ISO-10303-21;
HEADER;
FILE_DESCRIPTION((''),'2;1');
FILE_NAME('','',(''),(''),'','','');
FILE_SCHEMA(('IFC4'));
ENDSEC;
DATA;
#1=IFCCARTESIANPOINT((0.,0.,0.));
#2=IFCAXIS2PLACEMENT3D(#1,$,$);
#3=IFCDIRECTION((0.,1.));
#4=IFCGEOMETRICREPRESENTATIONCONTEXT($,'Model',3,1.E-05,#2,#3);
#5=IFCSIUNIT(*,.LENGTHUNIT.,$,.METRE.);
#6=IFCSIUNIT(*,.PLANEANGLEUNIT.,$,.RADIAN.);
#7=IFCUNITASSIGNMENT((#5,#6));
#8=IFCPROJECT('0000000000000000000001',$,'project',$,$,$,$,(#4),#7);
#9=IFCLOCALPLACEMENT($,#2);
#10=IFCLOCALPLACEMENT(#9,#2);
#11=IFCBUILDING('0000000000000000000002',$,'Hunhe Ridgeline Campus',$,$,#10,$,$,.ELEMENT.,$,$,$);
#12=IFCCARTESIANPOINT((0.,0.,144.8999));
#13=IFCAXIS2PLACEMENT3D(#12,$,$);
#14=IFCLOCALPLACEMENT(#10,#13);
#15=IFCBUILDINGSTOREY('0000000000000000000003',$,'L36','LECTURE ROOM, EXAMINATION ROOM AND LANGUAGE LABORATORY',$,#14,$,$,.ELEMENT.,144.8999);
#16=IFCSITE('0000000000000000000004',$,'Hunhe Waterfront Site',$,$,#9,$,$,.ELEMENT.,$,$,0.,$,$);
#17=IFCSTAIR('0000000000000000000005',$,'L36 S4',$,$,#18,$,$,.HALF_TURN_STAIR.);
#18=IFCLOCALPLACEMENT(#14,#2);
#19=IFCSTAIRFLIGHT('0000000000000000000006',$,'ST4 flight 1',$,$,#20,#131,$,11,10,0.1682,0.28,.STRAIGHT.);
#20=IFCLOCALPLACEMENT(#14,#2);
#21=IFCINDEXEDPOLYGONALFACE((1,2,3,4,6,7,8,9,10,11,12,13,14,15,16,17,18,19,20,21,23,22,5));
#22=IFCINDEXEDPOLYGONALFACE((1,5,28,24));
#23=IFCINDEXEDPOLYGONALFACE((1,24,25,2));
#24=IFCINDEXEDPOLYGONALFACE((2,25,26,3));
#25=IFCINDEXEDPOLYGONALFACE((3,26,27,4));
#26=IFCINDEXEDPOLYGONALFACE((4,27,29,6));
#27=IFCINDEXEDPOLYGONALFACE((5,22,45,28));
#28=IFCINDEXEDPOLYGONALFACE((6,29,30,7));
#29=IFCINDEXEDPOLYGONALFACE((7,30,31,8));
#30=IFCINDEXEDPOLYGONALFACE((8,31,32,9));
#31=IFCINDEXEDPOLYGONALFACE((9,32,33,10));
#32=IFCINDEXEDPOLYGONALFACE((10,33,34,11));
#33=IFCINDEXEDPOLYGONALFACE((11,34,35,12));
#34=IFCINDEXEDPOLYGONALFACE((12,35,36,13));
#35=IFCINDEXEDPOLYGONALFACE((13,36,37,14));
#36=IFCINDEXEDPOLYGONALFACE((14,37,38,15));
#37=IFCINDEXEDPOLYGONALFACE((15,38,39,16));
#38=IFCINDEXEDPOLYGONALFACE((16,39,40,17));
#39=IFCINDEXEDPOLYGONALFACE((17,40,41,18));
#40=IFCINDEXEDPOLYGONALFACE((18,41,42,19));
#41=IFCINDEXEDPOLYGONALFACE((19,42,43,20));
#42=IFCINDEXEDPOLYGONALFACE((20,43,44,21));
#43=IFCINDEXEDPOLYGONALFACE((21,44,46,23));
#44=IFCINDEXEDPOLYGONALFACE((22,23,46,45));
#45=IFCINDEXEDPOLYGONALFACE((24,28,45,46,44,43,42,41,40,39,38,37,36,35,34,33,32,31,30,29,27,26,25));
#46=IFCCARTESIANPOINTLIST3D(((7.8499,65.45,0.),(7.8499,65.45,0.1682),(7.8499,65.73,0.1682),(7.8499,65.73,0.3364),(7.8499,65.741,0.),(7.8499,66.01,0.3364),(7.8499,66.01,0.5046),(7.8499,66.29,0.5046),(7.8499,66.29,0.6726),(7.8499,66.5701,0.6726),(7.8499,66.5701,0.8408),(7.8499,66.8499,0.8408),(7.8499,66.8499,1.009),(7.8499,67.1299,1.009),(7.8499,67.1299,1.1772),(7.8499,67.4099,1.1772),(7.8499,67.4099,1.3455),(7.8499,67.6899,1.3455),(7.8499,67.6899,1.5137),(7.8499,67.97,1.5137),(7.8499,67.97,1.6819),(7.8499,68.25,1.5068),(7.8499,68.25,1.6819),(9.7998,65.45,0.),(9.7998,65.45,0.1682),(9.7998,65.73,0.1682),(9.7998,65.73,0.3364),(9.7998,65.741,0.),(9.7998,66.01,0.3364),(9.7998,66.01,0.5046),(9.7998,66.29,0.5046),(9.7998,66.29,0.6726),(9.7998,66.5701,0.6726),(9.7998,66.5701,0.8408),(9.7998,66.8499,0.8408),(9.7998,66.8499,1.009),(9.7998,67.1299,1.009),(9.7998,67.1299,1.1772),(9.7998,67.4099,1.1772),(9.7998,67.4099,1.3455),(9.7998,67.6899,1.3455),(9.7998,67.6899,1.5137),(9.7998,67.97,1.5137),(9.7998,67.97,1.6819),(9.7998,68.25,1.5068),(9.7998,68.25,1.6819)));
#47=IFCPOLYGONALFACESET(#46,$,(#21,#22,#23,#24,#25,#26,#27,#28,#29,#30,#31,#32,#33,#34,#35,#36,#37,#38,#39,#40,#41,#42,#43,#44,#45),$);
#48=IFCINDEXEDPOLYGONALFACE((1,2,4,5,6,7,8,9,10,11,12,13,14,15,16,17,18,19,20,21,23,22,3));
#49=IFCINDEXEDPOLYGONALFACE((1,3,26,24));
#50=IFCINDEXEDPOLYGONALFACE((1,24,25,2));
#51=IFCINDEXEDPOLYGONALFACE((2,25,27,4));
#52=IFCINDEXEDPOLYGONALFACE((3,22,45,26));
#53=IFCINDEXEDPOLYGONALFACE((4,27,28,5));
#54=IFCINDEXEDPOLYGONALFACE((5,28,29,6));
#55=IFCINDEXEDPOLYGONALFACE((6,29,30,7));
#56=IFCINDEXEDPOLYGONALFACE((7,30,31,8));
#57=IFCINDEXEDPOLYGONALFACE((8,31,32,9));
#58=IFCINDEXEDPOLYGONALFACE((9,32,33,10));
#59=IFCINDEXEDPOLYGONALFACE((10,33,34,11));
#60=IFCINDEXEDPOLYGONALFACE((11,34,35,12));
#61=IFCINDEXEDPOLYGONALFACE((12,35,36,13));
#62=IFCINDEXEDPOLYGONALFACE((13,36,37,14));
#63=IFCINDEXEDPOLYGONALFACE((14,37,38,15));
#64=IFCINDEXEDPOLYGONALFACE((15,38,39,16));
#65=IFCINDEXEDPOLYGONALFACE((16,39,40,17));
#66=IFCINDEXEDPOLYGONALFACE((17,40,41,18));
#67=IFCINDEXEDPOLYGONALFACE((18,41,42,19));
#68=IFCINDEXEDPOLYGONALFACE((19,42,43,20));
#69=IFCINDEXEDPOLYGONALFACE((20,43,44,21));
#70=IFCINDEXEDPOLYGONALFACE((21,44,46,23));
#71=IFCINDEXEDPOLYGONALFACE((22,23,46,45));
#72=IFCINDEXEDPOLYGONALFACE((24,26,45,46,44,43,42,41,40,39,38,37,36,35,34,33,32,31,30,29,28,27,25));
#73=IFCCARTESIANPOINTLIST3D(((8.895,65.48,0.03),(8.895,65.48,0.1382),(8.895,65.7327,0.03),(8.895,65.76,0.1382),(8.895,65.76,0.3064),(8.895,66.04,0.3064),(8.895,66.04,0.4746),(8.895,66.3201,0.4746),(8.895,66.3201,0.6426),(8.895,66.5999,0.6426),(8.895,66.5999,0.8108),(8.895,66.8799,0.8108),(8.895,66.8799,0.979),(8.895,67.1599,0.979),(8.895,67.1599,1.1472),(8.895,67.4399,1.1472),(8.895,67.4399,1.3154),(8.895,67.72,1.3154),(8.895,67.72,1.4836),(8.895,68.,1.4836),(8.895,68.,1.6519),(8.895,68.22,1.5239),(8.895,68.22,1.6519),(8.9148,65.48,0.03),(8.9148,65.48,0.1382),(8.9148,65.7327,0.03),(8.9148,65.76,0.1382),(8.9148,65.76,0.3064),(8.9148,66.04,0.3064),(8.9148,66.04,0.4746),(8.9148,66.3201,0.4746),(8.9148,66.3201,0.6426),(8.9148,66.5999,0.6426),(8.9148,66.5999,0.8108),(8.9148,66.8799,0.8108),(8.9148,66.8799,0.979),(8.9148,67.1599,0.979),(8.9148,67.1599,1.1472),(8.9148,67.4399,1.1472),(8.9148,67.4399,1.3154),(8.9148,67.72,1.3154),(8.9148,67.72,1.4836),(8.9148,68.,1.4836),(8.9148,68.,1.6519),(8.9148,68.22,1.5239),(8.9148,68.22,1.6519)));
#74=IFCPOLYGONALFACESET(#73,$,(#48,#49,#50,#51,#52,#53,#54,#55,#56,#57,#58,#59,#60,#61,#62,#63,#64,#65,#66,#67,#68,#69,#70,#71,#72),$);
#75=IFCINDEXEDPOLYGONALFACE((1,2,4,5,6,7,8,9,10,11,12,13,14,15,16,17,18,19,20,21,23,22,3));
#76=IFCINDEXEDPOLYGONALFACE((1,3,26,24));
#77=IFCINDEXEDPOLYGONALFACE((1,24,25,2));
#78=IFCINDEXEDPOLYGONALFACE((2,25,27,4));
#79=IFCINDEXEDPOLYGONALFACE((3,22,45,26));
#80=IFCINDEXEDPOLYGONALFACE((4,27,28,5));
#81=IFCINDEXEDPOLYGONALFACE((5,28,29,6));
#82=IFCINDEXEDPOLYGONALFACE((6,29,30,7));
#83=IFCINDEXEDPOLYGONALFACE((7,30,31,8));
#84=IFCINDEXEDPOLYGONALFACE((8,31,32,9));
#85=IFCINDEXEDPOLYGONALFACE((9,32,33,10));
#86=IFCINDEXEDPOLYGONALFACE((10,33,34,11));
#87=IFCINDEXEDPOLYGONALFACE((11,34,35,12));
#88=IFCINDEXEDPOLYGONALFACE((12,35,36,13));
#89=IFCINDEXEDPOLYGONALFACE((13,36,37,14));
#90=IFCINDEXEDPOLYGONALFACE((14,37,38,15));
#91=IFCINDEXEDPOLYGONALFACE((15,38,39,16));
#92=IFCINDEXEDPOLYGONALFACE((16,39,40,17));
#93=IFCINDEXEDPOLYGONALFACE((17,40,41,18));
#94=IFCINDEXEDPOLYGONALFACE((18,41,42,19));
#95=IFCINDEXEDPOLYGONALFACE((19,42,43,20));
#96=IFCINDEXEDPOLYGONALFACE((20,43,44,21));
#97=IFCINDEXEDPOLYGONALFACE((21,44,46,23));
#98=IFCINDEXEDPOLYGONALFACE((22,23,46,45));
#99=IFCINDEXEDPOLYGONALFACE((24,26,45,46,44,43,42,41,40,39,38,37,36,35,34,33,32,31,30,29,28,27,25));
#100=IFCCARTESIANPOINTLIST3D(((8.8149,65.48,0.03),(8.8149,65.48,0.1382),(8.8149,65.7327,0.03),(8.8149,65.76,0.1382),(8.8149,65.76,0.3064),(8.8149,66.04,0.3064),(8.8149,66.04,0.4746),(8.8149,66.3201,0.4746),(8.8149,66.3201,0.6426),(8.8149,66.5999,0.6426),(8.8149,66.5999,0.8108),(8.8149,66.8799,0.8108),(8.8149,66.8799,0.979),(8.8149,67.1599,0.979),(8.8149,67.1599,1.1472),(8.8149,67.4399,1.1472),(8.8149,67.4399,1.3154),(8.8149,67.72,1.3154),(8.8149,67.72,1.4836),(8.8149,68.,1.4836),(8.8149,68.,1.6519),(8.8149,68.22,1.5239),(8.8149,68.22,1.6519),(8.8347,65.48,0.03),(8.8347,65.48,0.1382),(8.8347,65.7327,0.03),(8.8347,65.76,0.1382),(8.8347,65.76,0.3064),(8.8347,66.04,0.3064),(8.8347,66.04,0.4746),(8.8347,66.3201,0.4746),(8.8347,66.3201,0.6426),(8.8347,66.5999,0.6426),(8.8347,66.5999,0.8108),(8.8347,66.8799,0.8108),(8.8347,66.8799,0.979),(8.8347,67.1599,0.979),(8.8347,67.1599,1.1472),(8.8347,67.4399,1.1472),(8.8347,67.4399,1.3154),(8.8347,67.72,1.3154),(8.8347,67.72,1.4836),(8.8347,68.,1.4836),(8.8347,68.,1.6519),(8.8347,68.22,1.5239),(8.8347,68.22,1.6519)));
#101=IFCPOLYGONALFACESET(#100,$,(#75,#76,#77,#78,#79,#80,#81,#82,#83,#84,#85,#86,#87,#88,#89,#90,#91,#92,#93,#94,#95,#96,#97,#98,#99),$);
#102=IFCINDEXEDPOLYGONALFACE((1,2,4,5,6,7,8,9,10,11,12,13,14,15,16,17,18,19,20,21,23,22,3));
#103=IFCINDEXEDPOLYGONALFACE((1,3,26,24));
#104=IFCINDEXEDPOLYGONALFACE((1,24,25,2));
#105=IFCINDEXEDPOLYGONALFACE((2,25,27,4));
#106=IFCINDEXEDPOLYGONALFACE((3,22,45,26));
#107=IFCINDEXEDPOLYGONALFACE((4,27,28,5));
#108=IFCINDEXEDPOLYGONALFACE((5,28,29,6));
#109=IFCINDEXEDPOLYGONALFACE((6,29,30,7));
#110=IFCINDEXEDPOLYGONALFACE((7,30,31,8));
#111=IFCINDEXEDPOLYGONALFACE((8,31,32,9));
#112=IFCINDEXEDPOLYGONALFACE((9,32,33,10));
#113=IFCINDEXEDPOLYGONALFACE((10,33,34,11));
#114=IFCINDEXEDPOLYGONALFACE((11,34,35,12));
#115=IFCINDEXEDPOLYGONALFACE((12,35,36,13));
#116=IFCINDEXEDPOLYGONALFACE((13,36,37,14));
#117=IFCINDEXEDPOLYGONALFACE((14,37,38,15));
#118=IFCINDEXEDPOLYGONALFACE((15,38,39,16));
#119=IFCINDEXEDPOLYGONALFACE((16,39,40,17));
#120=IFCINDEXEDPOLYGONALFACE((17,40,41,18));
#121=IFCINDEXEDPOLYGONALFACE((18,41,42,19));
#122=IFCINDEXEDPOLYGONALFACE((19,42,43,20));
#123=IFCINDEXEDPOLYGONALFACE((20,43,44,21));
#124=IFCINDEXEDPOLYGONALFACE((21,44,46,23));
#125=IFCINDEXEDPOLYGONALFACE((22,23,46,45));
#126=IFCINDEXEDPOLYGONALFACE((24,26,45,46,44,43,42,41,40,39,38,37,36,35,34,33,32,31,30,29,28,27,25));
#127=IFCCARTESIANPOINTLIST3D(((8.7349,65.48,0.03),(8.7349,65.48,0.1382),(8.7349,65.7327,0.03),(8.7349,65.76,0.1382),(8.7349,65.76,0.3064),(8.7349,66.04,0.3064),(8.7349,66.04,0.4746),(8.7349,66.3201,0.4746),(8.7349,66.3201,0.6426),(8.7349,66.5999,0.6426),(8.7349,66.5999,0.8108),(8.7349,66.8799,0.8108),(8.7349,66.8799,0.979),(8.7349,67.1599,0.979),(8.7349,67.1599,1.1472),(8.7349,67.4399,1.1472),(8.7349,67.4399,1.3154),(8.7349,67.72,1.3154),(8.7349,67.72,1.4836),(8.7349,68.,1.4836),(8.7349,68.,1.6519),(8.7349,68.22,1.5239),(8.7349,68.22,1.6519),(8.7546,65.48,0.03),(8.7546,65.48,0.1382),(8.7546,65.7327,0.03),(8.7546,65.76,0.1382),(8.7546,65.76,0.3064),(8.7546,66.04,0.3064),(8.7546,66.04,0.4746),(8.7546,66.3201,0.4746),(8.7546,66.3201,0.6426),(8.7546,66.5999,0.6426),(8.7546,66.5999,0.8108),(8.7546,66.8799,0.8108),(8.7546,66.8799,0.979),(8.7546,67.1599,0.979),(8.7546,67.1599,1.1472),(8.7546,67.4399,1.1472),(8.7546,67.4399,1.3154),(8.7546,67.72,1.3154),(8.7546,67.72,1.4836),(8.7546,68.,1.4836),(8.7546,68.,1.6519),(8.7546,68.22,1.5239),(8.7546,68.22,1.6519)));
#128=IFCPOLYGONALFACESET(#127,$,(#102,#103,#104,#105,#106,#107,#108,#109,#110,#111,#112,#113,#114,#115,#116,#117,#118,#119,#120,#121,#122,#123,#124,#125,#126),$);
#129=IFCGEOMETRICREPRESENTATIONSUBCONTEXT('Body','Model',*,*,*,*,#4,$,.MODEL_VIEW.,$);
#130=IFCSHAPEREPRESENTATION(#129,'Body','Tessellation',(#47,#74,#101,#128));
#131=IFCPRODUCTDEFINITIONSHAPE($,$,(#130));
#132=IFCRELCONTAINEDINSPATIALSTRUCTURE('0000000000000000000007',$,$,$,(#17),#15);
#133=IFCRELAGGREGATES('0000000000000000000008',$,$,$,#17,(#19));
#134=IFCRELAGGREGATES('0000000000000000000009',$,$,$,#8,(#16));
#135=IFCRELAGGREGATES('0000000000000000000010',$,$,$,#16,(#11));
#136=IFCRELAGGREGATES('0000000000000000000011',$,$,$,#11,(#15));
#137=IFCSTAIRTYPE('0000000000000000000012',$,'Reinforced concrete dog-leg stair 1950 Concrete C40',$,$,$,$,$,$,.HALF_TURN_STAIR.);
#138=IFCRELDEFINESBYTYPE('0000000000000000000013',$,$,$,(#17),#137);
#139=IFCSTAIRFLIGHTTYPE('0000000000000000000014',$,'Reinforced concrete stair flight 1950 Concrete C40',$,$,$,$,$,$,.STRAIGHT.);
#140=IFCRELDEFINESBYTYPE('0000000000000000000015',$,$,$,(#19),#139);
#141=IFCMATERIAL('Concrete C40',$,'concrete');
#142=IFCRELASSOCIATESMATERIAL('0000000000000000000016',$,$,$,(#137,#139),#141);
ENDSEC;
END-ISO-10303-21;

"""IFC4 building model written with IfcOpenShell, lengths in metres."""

from ifc_helpers import new_model, si_unit, direction, frame, origin, place, context, subcontext, project, spatial, polyline, outline, extrude, material, type_object, element, aggregate, save


model = new_model("IFC4")

# Units and contexts
model_context = context("Model", 3, precision=1e-05, world=origin(), true_north=direction((0.0, 1.0)))
body_context = subcontext(model_context, "Body", "Model", "MODEL_VIEW")
ifc_project = project(units=[si_unit("LENGTHUNIT", "METRE"), si_unit("PLANEANGLEUNIT", "RADIAN")], contexts=[model_context])

# Site, building, storey
site_placement = place(None, origin())
site = spatial("IfcSite", under=ifc_project, at=site_placement, Name="Hunhe Waterfront Site", CompositionType="ELEMENT", RefElevation=0.0)
building_placement = place(site_placement, origin())
building = spatial("IfcBuilding", under=site, at=building_placement, Name="Hunhe Ridgeline Campus", CompositionType="ELEMENT")
storey_placement = place(building_placement, frame((0.0, 0.0, 144.8999)))
storey = spatial("IfcBuildingStorey", under=building, at=storey_placement, Name="L36", Description="LECTURE ROOM, EXAMINATION ROOM AND LANGUAGE LABORATORY", CompositionType="ELEMENT", Elevation=144.8999)

# Stair, stair flight
ifc_material_1 = material(Name="Concrete C40", Category="concrete")
stair_type = type_object("IfcStairType", Name="Reinforced concrete dog-leg stair 1950 Concrete C40", PredefinedType="HALF_TURN_STAIR", material=ifc_material_1)
stair_flight_type = type_object("IfcStairFlightType", Name="Reinforced concrete stair flight 1950 Concrete C40", PredefinedType="STRAIGHT", material=ifc_material_1)
stair_1_placement = place(storey_placement, origin())
stair_1 = element("IfcStair", 1, at=stair_1_placement, inside=storey, type_object=stair_type, Name="L36 S4", PredefinedType="HALF_TURN_STAIR")
stair_flight_1_placement = place(storey_placement, frame((8.825, 65.45, 0.0), z_axis=(0.0, 0.0, 1.0), x_axis=(0.0, 1.0, 0.0)))
stair_flight_1 = element("IfcStairFlight", 2, at=stair_flight_1_placement, type_object=stair_flight_type, Name="ST4 flight 1", NumberOfRisers=11, NumberOfTreads=10, PredefinedType="STRAIGHT", RiserHeight=0.1682, TreadLength=0.28, context=body_context, shape_type="SweptSolid", body=[
    extrude(outline(polyline([(0.0, 0.0), (0.0, 0.1682), (0.28, 0.1682), (0.28, 0.3364), (0.5601, 0.3364), (0.5601, 0.5046), (0.8401, 0.5046), (0.8401, 0.6726), (1.1201, 0.6726), (1.1201, 0.8408), (1.3999, 0.8408), (1.3999, 1.009), (1.6799, 1.009), (1.6799, 1.1772), (1.96, 1.1772), (1.96, 1.3455), (2.24, 1.3455), (2.24, 1.5137), (2.52, 1.5137), (2.52, 1.6819), (2.8, 1.6819), (2.8, 1.8501), (2.8, 1.5068), (0.291, 0.0), (0.0, 0.0)])), frame((0.0, 0.9751, 0.0), z_axis=(0.0, -1.0, 0.0), x_axis=(1.0, 0.0, 0.0)), (0.0, 0.0, 1.0), 1.95),
    extrude(outline(polyline([(0.03, 0.03), (0.03, 0.1382), (0.3101, 0.1382), (0.3101, 0.3064), (0.5901, 0.3064), (0.5901, 0.4746), (0.8701, 0.4746), (0.8701, 0.6426), (1.1499, 0.6426), (1.1499, 0.8108), (1.4299, 0.8108), (1.4299, 0.979), (1.71, 0.979), (1.71, 1.1472), (1.99, 1.1472), (1.99, 1.3154), (2.27, 1.3154), (2.27, 1.4836), (2.55, 1.4836), (2.55, 1.6519), (2.77, 1.6519), (2.77, 1.5239), (0.2827, 0.03), (0.03, 0.03)])), frame((0.0, -0.0701, 0.0), z_axis=(0.0, -1.0, 0.0), x_axis=(1.0, 0.0, 0.0)), (0.0, 0.0, 1.0), 0.0198),
    extrude(outline(polyline([(0.03, 0.03), (0.03, 0.1382), (0.3101, 0.1382), (0.3101, 0.3064), (0.5901, 0.3064), (0.5901, 0.4746), (0.8701, 0.4746), (0.8701, 0.6426), (1.1499, 0.6426), (1.1499, 0.8108), (1.4299, 0.8108), (1.4299, 0.979), (1.71, 0.979), (1.71, 1.1472), (1.99, 1.1472), (1.99, 1.3154), (2.27, 1.3154), (2.27, 1.4836), (2.55, 1.4836), (2.55, 1.6519), (2.77, 1.6519), (2.77, 1.5239), (0.2827, 0.03), (0.03, 0.03)])), frame((0.0, 0.01, 0.0), z_axis=(0.0, -1.0, 0.0), x_axis=(1.0, 0.0, 0.0)), (0.0, 0.0, 1.0), 0.0198),
    extrude(outline(polyline([(0.03, 0.03), (0.03, 0.1382), (0.3101, 0.1382), (0.3101, 0.3064), (0.5901, 0.3064), (0.5901, 0.4746), (0.8701, 0.4746), (0.8701, 0.6426), (1.1499, 0.6426), (1.1499, 0.8108), (1.4299, 0.8108), (1.4299, 0.979), (1.71, 0.979), (1.71, 1.1472), (1.99, 1.1472), (1.99, 1.3154), (2.27, 1.3154), (2.27, 1.4836), (2.55, 1.4836), (2.55, 1.6519), (2.77, 1.6519), (2.77, 1.5239), (0.2827, 0.03), (0.03, 0.03)])), frame((0.0, 0.0901, 0.0), z_axis=(0.0, -1.0, 0.0), x_axis=(1.0, 0.0, 0.0)), (0.0, 0.0, 1.0), 0.0198),
])
aggregate(stair_1, [stair_flight_1])

save(model, "model.ifc")
